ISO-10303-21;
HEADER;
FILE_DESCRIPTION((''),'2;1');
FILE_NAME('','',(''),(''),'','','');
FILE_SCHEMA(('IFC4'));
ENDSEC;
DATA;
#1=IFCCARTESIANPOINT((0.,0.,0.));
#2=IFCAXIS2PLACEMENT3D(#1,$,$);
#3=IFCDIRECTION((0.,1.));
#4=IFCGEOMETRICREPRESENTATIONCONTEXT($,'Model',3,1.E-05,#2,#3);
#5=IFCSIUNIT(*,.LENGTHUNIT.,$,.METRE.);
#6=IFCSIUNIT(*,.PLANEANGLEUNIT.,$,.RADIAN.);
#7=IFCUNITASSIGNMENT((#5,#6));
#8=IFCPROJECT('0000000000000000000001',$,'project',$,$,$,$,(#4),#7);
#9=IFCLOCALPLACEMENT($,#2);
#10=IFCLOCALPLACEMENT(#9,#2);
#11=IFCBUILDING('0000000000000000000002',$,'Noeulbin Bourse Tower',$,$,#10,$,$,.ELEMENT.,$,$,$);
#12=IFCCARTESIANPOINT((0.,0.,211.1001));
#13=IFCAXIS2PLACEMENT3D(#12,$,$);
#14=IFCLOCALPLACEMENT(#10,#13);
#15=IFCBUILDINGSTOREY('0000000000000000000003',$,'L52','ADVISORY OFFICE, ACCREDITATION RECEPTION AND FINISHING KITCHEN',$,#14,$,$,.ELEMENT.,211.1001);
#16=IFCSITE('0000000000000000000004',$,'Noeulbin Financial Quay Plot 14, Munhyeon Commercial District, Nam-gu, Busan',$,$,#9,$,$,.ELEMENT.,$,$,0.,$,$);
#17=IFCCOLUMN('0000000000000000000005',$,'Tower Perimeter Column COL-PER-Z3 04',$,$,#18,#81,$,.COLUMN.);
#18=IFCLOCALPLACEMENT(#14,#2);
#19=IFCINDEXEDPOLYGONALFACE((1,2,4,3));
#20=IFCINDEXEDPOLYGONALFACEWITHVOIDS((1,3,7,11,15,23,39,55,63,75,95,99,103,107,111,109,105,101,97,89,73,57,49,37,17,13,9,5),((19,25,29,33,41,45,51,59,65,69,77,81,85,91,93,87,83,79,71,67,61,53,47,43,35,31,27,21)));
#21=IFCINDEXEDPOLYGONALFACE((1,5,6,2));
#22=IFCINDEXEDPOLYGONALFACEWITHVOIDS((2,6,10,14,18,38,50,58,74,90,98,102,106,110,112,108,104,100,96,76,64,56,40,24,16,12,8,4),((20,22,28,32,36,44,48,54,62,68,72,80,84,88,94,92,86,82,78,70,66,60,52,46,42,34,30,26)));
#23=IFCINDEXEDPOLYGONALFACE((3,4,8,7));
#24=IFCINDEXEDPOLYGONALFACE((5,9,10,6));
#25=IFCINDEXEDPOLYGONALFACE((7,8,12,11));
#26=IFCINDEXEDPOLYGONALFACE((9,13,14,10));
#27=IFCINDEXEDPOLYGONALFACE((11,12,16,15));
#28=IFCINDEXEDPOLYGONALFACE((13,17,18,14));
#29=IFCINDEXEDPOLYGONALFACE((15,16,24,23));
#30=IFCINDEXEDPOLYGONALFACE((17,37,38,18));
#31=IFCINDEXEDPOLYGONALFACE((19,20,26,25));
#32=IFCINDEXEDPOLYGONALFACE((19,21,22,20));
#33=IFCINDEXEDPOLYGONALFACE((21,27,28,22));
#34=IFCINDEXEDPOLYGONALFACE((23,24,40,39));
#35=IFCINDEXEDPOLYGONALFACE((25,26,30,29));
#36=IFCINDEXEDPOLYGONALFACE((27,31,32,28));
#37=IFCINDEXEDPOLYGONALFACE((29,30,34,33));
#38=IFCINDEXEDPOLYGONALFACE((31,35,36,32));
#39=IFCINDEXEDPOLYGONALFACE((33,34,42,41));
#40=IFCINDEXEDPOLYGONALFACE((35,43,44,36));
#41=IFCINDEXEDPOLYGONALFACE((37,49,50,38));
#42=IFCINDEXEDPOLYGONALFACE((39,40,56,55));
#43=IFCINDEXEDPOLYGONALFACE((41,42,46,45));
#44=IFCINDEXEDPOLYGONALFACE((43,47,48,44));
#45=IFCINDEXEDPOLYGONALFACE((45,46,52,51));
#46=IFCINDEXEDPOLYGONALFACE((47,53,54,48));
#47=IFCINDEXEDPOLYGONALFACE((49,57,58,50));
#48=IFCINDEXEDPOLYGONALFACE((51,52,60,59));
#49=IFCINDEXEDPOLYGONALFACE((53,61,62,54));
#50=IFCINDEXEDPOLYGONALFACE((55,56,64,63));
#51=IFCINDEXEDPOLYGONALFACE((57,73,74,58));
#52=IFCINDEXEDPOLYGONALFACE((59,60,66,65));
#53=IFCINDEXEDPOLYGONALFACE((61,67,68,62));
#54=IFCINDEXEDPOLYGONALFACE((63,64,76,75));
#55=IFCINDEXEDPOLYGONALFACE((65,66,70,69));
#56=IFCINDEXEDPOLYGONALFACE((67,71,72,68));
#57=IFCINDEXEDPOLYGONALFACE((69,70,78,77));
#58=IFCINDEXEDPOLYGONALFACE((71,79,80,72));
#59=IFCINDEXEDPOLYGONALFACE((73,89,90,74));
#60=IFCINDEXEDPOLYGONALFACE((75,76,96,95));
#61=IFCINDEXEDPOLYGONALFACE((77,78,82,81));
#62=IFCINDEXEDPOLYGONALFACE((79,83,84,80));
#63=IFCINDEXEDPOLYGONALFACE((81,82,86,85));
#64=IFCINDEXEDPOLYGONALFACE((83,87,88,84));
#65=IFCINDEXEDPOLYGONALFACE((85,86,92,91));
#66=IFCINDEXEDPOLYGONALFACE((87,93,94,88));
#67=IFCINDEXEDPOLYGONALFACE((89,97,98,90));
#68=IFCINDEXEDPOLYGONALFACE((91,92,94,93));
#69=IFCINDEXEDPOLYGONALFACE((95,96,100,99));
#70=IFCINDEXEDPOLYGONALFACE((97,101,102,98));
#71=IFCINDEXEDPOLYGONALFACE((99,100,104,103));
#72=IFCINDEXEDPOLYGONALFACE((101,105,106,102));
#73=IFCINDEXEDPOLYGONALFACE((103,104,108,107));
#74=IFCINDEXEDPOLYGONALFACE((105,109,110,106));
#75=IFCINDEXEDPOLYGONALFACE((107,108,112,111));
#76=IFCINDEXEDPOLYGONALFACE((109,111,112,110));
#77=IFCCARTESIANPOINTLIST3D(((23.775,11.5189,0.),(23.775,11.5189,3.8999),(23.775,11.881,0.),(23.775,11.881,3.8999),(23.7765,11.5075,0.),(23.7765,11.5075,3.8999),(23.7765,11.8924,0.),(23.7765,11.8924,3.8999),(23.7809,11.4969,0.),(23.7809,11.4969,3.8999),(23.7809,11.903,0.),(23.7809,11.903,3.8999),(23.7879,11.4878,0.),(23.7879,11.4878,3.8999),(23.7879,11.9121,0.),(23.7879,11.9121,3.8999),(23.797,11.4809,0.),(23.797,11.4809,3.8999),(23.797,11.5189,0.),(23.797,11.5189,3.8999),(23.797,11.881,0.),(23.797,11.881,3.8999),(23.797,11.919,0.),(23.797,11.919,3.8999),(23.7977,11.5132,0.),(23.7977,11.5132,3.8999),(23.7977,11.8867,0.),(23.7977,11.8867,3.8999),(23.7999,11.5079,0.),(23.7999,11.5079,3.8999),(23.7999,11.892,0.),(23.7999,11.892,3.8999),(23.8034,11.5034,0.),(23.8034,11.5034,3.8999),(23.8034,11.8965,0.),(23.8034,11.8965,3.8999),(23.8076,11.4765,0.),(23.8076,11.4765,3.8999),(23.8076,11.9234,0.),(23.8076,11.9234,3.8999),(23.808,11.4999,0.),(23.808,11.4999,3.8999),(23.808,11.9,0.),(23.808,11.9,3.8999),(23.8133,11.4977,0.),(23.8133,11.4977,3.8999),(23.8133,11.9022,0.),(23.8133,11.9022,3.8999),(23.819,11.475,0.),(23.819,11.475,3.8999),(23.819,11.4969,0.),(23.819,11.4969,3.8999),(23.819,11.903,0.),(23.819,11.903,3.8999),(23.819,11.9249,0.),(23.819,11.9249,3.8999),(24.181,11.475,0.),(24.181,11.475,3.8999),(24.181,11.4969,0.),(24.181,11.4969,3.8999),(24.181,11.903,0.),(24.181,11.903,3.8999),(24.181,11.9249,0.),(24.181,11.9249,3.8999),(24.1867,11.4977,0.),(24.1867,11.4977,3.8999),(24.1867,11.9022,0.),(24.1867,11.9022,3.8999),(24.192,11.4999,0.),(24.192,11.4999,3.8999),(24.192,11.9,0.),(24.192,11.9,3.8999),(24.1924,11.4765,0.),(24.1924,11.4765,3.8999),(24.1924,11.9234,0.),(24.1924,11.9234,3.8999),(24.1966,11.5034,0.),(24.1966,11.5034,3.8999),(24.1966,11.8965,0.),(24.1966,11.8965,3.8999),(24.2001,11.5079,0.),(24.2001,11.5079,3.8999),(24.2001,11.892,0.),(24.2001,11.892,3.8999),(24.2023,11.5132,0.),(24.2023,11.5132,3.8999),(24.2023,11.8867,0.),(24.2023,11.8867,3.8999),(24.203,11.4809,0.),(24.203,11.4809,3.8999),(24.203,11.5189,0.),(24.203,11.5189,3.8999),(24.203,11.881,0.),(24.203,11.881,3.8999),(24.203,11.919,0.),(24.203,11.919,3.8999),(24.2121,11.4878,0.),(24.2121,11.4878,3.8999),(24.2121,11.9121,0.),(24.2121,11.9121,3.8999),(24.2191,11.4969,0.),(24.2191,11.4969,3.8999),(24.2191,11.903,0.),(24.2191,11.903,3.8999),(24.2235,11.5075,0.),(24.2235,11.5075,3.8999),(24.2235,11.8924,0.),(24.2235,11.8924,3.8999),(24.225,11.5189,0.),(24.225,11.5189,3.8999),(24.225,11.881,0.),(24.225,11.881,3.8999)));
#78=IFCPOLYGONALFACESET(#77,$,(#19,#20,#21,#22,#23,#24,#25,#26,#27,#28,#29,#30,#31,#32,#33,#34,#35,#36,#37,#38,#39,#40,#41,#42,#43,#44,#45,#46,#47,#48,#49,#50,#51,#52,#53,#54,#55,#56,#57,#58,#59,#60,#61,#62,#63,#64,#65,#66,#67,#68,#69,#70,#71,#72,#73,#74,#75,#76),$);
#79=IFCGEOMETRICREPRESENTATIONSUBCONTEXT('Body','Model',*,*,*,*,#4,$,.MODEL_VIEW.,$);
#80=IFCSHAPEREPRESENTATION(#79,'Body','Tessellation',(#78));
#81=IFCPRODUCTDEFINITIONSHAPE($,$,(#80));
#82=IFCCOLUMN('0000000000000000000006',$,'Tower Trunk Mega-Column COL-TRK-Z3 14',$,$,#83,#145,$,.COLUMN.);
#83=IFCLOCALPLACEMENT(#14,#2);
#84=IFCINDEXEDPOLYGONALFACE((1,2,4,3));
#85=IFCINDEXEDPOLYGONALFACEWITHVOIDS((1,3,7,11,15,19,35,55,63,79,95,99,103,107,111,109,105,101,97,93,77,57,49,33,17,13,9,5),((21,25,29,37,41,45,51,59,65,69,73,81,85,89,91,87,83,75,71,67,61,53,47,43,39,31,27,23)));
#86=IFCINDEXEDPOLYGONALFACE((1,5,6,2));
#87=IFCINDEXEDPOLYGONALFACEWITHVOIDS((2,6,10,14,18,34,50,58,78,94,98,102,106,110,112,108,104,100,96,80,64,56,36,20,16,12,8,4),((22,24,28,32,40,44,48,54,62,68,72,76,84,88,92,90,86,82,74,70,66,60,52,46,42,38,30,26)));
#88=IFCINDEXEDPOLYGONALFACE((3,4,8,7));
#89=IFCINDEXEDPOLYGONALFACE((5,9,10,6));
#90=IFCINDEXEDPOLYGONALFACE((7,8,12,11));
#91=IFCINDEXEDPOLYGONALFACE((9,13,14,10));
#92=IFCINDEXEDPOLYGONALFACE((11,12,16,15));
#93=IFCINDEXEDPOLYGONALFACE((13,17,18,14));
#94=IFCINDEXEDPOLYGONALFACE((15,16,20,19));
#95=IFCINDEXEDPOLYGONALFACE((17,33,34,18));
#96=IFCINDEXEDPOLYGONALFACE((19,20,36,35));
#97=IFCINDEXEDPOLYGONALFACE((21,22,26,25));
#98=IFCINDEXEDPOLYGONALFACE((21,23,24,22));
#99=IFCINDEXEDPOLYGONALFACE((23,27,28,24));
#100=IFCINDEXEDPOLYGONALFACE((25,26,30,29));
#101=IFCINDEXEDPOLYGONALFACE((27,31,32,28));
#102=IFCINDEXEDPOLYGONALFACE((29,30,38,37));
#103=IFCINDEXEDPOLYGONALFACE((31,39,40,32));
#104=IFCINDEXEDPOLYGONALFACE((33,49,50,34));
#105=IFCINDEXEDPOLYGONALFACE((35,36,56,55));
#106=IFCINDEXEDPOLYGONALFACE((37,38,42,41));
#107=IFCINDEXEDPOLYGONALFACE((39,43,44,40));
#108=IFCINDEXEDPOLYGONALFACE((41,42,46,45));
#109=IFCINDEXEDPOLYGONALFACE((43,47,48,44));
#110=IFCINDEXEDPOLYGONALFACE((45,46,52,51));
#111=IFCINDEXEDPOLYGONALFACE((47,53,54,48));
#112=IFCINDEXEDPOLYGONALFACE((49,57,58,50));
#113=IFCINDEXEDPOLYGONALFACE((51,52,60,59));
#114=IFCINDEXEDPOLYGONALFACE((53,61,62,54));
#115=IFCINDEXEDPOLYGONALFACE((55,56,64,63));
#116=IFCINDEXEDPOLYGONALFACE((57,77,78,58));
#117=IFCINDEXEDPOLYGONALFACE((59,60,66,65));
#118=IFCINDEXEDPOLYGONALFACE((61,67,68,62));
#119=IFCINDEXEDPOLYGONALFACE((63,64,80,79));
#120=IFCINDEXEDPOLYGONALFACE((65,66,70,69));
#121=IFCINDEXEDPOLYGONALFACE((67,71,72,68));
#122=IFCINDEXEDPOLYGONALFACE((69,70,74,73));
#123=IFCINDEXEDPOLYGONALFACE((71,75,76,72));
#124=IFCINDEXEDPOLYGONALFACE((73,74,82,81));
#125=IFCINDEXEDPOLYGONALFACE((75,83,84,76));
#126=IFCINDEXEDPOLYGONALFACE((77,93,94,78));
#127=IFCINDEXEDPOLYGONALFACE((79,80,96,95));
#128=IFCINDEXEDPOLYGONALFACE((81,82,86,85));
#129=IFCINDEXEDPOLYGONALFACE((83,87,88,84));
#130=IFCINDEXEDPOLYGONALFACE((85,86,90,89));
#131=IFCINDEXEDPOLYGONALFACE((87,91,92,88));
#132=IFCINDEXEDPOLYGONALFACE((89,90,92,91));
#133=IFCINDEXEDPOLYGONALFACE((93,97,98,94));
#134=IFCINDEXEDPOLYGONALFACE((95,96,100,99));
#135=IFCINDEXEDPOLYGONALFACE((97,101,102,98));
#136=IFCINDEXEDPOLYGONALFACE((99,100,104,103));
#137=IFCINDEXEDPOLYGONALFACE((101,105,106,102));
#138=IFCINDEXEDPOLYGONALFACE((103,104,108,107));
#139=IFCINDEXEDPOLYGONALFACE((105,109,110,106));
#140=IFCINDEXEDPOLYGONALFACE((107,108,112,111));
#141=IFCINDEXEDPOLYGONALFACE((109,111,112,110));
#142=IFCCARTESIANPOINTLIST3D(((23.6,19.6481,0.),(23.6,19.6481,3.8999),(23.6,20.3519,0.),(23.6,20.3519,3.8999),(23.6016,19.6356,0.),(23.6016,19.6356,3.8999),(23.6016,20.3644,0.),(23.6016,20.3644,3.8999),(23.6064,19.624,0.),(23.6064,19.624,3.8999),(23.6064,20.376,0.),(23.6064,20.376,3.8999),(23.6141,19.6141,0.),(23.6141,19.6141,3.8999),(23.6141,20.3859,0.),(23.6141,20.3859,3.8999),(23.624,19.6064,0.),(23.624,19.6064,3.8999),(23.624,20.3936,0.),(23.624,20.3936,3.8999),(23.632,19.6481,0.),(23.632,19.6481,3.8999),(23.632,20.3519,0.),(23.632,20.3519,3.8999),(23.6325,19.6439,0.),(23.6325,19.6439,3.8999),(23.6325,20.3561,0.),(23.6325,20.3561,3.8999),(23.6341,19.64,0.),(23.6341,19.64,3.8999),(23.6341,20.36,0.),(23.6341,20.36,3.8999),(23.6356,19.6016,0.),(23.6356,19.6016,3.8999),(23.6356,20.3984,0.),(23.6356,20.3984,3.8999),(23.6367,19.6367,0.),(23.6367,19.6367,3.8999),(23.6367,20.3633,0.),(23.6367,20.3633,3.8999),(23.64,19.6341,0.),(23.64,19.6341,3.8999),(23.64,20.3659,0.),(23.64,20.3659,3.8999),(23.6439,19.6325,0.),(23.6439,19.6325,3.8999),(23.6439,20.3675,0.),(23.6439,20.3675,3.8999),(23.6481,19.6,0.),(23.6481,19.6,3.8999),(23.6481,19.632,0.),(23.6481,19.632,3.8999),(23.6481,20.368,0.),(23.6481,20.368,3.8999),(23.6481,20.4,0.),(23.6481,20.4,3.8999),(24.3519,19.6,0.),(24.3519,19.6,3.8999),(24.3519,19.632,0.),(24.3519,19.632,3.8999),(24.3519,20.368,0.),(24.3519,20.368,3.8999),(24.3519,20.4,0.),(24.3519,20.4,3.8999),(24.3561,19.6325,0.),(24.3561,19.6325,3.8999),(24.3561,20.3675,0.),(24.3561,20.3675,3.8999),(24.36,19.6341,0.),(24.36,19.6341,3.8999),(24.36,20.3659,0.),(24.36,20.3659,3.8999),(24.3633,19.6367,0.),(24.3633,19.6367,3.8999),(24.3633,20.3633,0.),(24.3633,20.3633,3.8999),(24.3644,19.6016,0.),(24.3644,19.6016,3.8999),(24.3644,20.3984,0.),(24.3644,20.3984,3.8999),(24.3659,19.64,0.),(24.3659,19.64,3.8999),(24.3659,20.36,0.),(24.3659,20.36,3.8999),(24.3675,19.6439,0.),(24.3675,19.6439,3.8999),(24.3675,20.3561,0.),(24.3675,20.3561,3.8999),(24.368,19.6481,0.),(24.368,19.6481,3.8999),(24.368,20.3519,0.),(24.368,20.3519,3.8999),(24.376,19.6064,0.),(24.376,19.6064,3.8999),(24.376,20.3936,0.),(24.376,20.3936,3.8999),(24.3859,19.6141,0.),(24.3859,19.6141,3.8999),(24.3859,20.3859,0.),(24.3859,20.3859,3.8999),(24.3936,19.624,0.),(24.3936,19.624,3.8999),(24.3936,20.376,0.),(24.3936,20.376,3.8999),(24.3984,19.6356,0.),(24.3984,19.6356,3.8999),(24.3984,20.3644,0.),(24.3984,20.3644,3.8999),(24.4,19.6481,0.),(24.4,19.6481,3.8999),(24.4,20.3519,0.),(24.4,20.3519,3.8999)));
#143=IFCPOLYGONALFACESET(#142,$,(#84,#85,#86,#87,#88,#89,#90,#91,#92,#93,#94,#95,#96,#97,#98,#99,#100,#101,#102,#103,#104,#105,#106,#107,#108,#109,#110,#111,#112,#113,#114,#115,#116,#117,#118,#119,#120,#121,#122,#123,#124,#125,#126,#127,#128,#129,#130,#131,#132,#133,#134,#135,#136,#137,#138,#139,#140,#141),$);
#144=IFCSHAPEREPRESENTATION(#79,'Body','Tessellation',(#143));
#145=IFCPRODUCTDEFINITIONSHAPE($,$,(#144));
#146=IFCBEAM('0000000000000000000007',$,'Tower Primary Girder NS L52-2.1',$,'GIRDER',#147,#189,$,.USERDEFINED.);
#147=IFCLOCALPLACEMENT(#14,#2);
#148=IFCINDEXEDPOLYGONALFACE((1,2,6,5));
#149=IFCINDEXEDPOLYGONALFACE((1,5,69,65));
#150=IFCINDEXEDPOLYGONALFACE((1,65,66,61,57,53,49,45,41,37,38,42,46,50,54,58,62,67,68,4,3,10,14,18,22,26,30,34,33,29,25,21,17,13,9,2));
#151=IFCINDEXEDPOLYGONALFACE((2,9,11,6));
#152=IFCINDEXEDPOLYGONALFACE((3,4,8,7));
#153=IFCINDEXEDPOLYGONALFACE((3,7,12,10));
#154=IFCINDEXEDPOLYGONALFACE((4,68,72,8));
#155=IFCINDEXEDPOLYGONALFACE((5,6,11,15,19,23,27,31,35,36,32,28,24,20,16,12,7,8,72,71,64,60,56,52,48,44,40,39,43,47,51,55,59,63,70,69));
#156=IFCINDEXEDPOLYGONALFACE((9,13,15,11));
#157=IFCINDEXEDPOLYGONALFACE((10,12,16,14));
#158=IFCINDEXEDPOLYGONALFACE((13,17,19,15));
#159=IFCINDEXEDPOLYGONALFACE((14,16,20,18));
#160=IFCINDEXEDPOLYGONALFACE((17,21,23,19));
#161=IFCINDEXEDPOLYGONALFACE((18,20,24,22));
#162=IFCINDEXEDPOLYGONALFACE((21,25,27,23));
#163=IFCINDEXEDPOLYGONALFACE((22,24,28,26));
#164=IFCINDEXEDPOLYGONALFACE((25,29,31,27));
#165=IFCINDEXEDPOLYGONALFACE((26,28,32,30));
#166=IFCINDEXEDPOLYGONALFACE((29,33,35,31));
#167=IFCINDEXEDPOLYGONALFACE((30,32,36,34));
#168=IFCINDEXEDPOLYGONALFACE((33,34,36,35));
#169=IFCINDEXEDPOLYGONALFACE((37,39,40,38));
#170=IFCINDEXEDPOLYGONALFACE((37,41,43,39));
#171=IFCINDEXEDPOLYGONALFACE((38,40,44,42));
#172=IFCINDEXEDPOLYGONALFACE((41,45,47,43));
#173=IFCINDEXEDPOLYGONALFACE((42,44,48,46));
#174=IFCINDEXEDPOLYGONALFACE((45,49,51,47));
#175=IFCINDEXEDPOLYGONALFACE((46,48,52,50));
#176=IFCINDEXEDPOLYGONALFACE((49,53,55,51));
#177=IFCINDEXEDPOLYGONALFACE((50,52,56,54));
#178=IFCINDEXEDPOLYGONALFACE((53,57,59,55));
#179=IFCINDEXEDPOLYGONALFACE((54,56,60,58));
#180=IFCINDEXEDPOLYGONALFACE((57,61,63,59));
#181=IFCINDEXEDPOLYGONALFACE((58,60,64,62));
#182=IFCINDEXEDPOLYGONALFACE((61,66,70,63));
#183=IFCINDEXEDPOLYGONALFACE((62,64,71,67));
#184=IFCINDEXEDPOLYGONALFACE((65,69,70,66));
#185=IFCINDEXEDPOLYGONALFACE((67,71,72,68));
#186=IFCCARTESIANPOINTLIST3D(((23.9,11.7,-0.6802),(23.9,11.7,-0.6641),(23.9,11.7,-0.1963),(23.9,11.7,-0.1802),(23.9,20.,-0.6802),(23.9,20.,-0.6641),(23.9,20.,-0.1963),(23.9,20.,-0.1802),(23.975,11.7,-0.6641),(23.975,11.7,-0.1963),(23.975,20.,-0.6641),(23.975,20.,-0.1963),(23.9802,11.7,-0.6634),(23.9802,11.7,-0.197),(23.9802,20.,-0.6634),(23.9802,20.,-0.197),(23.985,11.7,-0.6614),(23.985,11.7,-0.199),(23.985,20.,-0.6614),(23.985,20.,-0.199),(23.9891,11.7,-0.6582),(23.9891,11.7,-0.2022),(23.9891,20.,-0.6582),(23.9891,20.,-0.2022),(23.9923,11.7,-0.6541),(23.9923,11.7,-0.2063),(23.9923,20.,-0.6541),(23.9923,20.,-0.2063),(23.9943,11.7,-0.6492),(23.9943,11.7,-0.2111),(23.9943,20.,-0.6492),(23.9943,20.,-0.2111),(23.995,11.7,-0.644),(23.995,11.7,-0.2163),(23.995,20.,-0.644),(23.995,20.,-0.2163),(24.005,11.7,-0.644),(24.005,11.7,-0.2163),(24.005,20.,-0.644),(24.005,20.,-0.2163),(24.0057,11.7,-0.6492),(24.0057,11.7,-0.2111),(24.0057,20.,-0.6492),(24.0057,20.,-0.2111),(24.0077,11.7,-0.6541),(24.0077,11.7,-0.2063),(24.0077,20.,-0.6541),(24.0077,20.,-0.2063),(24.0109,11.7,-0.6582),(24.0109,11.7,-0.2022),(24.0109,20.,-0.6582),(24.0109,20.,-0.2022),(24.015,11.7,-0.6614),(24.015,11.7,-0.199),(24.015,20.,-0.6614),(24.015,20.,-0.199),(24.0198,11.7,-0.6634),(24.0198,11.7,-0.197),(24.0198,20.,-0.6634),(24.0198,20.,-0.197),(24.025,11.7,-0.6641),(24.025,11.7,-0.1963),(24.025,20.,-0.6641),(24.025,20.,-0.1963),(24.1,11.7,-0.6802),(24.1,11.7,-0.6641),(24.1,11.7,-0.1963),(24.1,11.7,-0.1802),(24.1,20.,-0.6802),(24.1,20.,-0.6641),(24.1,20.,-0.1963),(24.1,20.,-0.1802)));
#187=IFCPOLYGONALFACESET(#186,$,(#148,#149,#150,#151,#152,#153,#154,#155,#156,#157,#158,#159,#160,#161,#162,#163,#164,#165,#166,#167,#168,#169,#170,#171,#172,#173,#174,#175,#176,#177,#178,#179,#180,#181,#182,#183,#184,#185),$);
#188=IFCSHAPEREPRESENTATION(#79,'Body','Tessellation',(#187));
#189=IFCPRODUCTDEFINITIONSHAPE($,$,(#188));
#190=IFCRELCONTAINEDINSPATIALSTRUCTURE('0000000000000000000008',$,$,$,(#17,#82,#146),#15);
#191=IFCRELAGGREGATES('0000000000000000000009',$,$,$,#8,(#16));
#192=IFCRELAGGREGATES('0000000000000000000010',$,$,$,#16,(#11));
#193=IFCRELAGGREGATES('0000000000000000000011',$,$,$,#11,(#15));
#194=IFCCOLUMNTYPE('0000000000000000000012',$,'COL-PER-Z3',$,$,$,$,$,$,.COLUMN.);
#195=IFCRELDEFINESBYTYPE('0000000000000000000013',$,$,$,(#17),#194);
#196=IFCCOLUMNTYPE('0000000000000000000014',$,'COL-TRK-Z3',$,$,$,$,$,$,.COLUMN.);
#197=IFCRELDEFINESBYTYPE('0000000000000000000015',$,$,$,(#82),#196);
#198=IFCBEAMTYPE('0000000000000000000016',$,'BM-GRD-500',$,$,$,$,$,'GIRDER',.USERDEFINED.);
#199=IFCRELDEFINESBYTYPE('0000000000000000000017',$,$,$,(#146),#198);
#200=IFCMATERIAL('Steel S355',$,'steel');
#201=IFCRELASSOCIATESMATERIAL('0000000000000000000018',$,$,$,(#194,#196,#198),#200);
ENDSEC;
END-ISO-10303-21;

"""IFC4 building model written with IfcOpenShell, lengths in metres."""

from ifc_helpers import new_model, si_unit, direction, frame, origin, origin_2d, place, context, subcontext, project, spatial, hollow_rectangle, i_section, extrude, material, material_profile, profile_set, type_object, element, save


model = new_model("IFC4")

# Units and contexts
model_context = context("Model", 3, precision=1e-05, world=origin(), true_north=direction((0.0, 1.0)))
body_context = subcontext(model_context, "Body", "Model", "MODEL_VIEW")
ifc_project = project(units=[si_unit("LENGTHUNIT", "METRE"), si_unit("PLANEANGLEUNIT", "RADIAN")], contexts=[model_context])

# Site, building, storey
site_placement = place(None, origin())
site = spatial("IfcSite", under=ifc_project, at=site_placement, Name="Noeulbin Financial Quay Plot 14, Munhyeon Commercial District, Nam-gu, Busan", CompositionType="ELEMENT", RefElevation=0.0)
building_placement = place(site_placement, origin())
building = spatial("IfcBuilding", under=site, at=building_placement, Name="Noeulbin Bourse Tower", CompositionType="ELEMENT")
storey_placement = place(building_placement, frame((0.0, 0.0, 211.1001)))
storey = spatial("IfcBuildingStorey", under=building, at=storey_placement, Name="L52", Description="ADVISORY OFFICE, ACCREDITATION RECEPTION AND FINISHING KITCHEN", CompositionType="ELEMENT", Elevation=211.1001)

# Columns
ifc_material_1 = material(Name="Steel S355", Category="steel")
ifc_material_profile_1 = material_profile(ifc_material_1, hollow_rectangle(XDim=0.45, YDim=0.45, WallThickness=0.022, InnerFilletRadius=0.022, OuterFilletRadius=0.0439, at=origin_2d()), Name="SHS-450x450x22", Category="LoadBearing")
ifc_profile_set_1 = profile_set([ifc_material_profile_1], Name="Steel S355")
column_type_1 = type_object("IfcColumnType", Name="COL-PER-Z3", PredefinedType="COLUMN", material=ifc_profile_set_1)
column_1_placement = place(storey_placement, frame((24.0, 11.7, 0.0), z_axis=(0.0, 0.0, 1.0), x_axis=(1.0, 0.0, 0.0)))
element("IfcColumn", 1, at=column_1_placement, inside=storey, type_object=column_type_1, Name="Tower Perimeter Column COL-PER-Z3 04", PredefinedType="COLUMN", context=body_context, shape_type="SweptSolid", body=[
    extrude(hollow_rectangle(XDim=0.45, YDim=0.45, WallThickness=0.022, InnerFilletRadius=0.022, OuterFilletRadius=0.0439, at=origin_2d()), origin(), (0.0, 0.0, 1.0), 3.8999),
])
ifc_material_profile_2 = material_profile(ifc_material_1, hollow_rectangle(XDim=0.8, YDim=0.8, WallThickness=0.032, InnerFilletRadius=0.0161, OuterFilletRadius=0.0481, at=origin_2d()), Name="BOX-800x800x32", Category="LoadBearing")
ifc_profile_set_2 = profile_set([ifc_material_profile_2], Name="Steel S355")
column_type_2 = type_object("IfcColumnType", Name="COL-TRK-Z3", PredefinedType="COLUMN", material=ifc_profile_set_2)
column_2_placement = place(storey_placement, frame((24.0, 20.0, 0.0), z_axis=(0.0, 0.0, 1.0), x_axis=(1.0, 0.0, 0.0)))
element("IfcColumn", 2, at=column_2_placement, inside=storey, type_object=column_type_2, Name="Tower Trunk Mega-Column COL-TRK-Z3 14", PredefinedType="COLUMN", context=body_context, shape_type="SweptSolid", body=[
    extrude(hollow_rectangle(XDim=0.8, YDim=0.8, WallThickness=0.032, InnerFilletRadius=0.0161, OuterFilletRadius=0.0481, at=origin_2d()), origin(), (0.0, 0.0, 1.0), 3.8999),
])

# Beam
ifc_material_profile_3 = material_profile(ifc_material_1, i_section(OverallWidth=0.2, OverallDepth=0.5, WebThickness=0.01, FlangeThickness=0.0161, FilletRadius=0.02, at=origin_2d()), Name="H-500x200x10x16", Category="LoadBearing")
ifc_profile_set_3 = profile_set([ifc_material_profile_3], Name="Steel S355")
beam_type_1 = type_object("IfcBeamType", Name="BM-GRD-500", ElementType="GIRDER", PredefinedType="USERDEFINED", material=ifc_profile_set_3)
beam_1_placement = place(storey_placement, frame((24.0, 11.7, -0.4302), z_axis=(0.0, 1.0, 0.0), x_axis=(-1.0, 0.0, 0.0)))
element("IfcBeam", 3, at=beam_1_placement, inside=storey, type_object=beam_type_1, Name="Tower Primary Girder NS L52-2.1", ObjectType="GIRDER", PredefinedType="USERDEFINED", context=body_context, shape_type="SweptSolid", body=[
    extrude(i_section(OverallWidth=0.2, OverallDepth=0.5, WebThickness=0.01, FlangeThickness=0.0161, FilletRadius=0.02, at=origin_2d()), origin(), (0.0, 0.0, 1.0), 8.3),
])

save(model, "model.ifc")
